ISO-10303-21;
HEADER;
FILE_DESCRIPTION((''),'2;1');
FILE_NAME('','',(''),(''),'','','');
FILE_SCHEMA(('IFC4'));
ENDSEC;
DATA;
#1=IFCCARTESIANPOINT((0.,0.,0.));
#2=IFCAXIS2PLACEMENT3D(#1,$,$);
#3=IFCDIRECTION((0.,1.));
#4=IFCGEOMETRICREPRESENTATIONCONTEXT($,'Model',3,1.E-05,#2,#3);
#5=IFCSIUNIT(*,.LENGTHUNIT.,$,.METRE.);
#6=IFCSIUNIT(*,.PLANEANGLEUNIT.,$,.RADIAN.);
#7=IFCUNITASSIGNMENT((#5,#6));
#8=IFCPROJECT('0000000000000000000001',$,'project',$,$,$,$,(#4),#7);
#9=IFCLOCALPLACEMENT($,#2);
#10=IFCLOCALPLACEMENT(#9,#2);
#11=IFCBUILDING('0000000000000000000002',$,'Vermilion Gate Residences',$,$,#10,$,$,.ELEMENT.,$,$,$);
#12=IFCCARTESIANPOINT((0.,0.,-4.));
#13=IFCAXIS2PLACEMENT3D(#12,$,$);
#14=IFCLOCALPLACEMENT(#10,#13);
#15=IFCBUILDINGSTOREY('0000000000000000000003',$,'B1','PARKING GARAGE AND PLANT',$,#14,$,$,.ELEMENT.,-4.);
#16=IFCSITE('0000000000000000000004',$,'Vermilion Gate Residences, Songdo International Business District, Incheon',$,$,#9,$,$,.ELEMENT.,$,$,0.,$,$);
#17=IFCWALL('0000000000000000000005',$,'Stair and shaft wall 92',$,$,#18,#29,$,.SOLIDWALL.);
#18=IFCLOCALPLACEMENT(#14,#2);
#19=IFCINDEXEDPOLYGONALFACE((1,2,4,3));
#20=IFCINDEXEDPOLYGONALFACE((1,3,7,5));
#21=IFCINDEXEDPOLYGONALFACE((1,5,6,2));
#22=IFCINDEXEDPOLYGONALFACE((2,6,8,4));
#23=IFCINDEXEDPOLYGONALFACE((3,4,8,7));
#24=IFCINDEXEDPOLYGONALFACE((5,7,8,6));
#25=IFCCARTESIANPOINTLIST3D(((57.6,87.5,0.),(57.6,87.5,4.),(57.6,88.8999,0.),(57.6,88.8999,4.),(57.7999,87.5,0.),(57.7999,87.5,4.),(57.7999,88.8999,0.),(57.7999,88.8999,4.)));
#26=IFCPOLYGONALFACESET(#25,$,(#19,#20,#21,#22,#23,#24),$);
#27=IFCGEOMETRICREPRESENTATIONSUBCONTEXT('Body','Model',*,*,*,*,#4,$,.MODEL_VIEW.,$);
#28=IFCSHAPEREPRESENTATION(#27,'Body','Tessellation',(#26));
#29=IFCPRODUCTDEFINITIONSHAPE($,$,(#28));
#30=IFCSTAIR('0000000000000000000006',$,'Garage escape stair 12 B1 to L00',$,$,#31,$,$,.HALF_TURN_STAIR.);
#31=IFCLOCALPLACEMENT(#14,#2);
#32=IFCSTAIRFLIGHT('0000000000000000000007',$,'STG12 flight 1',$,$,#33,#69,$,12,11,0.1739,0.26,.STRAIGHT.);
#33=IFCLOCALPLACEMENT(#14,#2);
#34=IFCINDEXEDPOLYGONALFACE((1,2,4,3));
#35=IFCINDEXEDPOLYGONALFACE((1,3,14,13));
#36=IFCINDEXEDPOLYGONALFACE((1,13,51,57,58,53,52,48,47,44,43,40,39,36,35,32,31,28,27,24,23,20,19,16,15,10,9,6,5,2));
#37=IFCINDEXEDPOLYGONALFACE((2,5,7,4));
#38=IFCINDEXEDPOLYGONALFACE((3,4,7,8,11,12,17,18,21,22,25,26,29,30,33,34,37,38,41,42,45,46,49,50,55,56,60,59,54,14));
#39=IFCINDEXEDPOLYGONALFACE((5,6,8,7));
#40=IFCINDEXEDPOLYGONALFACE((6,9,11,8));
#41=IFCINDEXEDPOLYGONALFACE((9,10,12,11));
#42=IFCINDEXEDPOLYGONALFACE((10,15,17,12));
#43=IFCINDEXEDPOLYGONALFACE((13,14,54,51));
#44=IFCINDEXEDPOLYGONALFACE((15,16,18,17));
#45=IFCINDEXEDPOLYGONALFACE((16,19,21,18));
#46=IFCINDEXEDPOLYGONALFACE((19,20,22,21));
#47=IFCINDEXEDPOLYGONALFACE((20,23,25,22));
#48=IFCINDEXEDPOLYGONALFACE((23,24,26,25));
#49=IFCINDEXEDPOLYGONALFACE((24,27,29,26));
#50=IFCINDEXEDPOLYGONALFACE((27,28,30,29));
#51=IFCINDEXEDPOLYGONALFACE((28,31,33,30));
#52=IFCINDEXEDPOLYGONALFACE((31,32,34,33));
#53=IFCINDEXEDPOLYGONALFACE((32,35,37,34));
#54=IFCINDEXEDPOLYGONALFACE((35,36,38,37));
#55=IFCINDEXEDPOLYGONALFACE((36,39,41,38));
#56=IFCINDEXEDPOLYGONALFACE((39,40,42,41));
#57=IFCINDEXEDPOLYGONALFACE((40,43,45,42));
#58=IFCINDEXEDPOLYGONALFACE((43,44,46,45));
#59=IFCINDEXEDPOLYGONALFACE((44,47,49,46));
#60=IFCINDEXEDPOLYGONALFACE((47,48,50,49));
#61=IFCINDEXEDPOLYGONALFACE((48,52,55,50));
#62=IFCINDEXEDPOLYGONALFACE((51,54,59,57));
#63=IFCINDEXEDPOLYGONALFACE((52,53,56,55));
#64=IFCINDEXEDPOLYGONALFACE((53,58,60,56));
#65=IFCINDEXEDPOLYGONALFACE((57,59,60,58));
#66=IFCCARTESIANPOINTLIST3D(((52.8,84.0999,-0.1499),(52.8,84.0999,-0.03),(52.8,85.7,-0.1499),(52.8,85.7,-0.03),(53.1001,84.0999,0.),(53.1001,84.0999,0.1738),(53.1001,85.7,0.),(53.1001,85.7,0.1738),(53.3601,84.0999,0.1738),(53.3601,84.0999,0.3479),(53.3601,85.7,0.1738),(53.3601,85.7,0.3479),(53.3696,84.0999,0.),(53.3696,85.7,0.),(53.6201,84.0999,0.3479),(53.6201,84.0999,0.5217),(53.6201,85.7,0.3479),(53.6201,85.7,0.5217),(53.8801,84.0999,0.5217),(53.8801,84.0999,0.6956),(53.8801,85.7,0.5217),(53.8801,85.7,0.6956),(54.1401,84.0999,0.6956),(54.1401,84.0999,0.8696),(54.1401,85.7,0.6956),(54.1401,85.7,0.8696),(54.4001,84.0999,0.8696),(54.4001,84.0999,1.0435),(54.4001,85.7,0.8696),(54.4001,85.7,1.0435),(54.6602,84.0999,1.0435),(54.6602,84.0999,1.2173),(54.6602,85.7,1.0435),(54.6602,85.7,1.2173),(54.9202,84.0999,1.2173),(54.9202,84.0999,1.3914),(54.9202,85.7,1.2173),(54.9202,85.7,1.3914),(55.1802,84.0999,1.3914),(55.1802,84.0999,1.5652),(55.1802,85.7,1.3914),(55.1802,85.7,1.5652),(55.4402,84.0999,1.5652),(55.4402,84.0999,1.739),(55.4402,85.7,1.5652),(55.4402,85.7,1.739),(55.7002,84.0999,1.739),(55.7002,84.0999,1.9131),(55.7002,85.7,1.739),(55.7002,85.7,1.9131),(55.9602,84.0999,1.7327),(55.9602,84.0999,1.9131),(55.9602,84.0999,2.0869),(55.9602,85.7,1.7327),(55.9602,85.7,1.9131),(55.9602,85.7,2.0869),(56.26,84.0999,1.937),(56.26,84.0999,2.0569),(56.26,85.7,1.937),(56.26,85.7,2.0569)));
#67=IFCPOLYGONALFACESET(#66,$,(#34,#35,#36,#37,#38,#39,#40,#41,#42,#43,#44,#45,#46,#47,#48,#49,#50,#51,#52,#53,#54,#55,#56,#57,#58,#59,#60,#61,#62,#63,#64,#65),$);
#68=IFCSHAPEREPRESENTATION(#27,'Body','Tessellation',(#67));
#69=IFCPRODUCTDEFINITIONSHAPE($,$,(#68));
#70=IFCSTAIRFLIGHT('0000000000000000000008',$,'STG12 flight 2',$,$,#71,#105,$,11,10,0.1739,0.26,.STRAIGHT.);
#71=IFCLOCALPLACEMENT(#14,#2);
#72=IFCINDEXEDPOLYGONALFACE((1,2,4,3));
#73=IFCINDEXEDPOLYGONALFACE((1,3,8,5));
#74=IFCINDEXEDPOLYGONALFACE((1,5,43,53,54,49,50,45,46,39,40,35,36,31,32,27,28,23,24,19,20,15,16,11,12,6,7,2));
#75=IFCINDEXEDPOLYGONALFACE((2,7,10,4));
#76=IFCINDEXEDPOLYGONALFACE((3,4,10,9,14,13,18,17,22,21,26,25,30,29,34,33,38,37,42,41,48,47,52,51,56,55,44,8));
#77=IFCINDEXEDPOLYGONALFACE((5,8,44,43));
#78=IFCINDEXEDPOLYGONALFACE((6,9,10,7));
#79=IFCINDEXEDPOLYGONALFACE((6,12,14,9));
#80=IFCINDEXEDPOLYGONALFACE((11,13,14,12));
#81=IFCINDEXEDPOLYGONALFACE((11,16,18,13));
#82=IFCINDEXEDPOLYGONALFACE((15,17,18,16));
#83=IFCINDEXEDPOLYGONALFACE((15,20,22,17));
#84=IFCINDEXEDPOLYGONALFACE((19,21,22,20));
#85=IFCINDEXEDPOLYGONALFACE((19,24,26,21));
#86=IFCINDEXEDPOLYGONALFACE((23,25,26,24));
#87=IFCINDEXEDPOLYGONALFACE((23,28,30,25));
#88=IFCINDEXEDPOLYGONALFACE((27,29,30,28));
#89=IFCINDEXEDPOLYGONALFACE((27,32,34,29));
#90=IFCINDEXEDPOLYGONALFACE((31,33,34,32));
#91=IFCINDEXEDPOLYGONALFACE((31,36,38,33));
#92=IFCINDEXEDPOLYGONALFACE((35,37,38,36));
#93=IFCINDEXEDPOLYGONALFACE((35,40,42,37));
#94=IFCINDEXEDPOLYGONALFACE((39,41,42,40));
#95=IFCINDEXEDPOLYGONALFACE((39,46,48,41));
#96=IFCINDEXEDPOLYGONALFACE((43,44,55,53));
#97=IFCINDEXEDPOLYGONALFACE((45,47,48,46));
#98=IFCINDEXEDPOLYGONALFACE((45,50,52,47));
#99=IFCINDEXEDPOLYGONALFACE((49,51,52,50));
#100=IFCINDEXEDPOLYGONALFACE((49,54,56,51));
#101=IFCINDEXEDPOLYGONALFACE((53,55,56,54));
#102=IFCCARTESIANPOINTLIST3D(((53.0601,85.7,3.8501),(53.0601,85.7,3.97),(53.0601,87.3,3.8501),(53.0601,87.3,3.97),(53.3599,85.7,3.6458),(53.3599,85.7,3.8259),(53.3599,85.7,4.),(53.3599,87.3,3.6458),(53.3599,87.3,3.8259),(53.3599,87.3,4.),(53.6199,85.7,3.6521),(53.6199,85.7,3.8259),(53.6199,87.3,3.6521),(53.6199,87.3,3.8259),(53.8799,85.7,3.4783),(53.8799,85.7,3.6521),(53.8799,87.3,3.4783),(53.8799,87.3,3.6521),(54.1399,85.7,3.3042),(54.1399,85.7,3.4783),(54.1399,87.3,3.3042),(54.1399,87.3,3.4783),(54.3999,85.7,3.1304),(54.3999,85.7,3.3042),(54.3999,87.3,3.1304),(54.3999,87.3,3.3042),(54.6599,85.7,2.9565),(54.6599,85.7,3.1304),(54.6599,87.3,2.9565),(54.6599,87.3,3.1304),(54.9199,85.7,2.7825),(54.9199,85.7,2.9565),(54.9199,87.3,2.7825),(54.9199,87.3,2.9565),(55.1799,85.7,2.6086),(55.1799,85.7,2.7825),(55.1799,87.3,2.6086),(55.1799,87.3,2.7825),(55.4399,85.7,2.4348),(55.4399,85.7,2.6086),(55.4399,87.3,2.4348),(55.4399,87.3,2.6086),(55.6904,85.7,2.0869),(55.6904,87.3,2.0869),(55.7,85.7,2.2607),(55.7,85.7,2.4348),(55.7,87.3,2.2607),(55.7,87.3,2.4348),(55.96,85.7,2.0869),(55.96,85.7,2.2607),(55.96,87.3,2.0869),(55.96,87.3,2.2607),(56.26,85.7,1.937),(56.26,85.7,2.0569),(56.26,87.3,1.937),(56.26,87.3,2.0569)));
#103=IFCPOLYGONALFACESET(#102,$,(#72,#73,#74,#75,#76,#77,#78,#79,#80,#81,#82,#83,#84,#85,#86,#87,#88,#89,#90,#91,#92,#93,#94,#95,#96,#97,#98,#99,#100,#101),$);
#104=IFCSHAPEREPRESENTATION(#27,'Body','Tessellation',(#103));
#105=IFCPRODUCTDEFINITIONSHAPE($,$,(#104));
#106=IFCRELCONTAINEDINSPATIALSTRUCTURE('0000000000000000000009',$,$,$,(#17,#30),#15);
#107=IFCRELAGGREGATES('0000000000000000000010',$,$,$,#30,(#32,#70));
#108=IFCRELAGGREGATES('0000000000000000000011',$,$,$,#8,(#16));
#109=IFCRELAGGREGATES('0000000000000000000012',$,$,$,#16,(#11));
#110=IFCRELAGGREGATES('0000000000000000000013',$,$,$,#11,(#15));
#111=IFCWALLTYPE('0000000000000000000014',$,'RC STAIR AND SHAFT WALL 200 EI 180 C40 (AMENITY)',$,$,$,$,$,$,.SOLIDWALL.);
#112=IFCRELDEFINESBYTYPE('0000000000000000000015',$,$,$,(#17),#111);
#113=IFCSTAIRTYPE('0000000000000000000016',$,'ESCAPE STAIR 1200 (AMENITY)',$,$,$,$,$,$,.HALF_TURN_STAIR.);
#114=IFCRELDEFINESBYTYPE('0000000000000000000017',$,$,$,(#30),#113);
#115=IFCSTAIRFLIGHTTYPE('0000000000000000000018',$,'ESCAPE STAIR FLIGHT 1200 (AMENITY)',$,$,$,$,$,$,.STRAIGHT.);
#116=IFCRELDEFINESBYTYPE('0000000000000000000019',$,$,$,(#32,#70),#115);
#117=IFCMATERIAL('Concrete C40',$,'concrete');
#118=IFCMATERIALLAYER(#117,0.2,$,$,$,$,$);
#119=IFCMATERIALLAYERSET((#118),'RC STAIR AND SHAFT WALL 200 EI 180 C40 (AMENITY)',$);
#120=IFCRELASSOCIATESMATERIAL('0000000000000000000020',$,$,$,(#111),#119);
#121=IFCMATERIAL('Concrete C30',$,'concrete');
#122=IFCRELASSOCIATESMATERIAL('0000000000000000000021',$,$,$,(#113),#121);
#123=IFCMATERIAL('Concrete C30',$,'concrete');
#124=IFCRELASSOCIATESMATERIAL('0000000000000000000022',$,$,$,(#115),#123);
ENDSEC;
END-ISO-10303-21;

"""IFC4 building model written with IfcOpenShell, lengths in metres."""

from ifc_helpers import new_model, si_unit, direction, frame, frame_2d, origin, place, context, subcontext, project, spatial, polyline, rectangle, outline, extrude, material, layer, layer_set, type_object, element, aggregate, save


model = new_model("IFC4")

# Units and contexts
model_context = context("Model", 3, precision=1e-05, world=origin(), true_north=direction((0.0, 1.0)))
body_context = subcontext(model_context, "Body", "Model", "MODEL_VIEW")
ifc_project = project(units=[si_unit("LENGTHUNIT", "METRE"), si_unit("PLANEANGLEUNIT", "RADIAN")], contexts=[model_context])

# Site, building, storey
site_placement = place(None, origin())
site = spatial("IfcSite", under=ifc_project, at=site_placement, Name="Vermilion Gate Residences, Songdo International Business District, Incheon", CompositionType="ELEMENT", RefElevation=0.0)
building_placement = place(site_placement, origin())
building = spatial("IfcBuilding", under=site, at=building_placement, Name="Vermilion Gate Residences", CompositionType="ELEMENT")
storey_placement = place(building_placement, frame((0.0, 0.0, -4.0)))
storey = spatial("IfcBuildingStorey", under=building, at=storey_placement, Name="B1", Description="PARKING GARAGE AND PLANT", CompositionType="ELEMENT", Elevation=-4.0)

# Shared definitions
ifc_material_1 = material(Name="Concrete C40", Category="concrete")
ifc_layer = layer(ifc_material_1, 0.2)
ifc_layer_set = layer_set([ifc_layer], Name="RC STAIR AND SHAFT WALL 200 EI 180 C40 (AMENITY)")
wall_type = type_object("IfcWallType", Name="RC STAIR AND SHAFT WALL 200 EI 180 C40 (AMENITY)", PredefinedType="SOLIDWALL", material=ifc_layer_set)

# Wall
wall_1_placement = place(storey_placement, frame((57.7, 87.5, 0.0), z_axis=(0.0, 0.0, 1.0), x_axis=(0.0, 1.0, 0.0)))
element("IfcWall", 1, at=wall_1_placement, inside=storey, type_object=wall_type, Name="Stair and shaft wall 92", PredefinedType="SOLIDWALL", context=body_context, shape_type="SweptSolid", body=[
    extrude(rectangle(XDim=1.3999, YDim=0.2, at=frame_2d((0.7, 0.0))), origin(), (0.0, 0.0, 1.0), 4.0),
])

# Stair, stair flights
ifc_material_2 = material(Name="Concrete C30", Category="concrete")
stair_type = type_object("IfcStairType", Name="ESCAPE STAIR 1200 (AMENITY)", PredefinedType="HALF_TURN_STAIR", material=ifc_material_2)
stair_placement = place(storey_placement, origin())
stair = element("IfcStair", 2, at=stair_placement, inside=storey, type_object=stair_type, Name="Garage escape stair 12 B1 to L00", PredefinedType="HALF_TURN_STAIR")
ifc_material_3 = material(Name="Concrete C30", Category="concrete")
stair_flight_type = type_object("IfcStairFlightType", Name="ESCAPE STAIR FLIGHT 1200 (AMENITY)", PredefinedType="STRAIGHT", material=ifc_material_3)
stair_flight_1_placement = place(storey_placement, frame((53.1001, 84.8999, 0.0), z_axis=(0.0, 0.0, 1.0), x_axis=(1.0, 0.0, 0.0)))
stair_flight_1 = element("IfcStairFlight", 3, at=stair_flight_1_placement, type_object=stair_flight_type, Name="STG12 flight 1", NumberOfRisers=12, NumberOfTreads=11, PredefinedType="STRAIGHT", RiserHeight=0.1739, TreadLength=0.26, context=body_context, shape_type="SweptSolid", body=[
    extrude(outline(polyline([(-0.3, -0.1499), (-0.3, -0.03), (0.0, 0.0), (0.0, 0.1738), (0.26, 0.1738), (0.26, 0.3479), (0.52, 0.3479), (0.52, 0.5217), (0.78, 0.5217), (0.78, 0.6956), (1.04, 0.6956), (1.04, 0.8696), (1.3, 0.8696), (1.3, 1.0435), (1.5601, 1.0435), (1.5601, 1.2173), (1.8201, 1.2173), (1.8201, 1.3914), (2.0801, 1.3914), (2.0801, 1.5652), (2.3401, 1.5652), (2.3401, 1.739), (2.6001, 1.739), (2.6001, 1.9131), (2.8601, 1.9131), (2.8601, 2.0869), (3.1599, 2.0569), (3.1599, 1.937), (2.8601, 1.7327), (0.2695, 0.0), (-0.3, -0.1499)])), frame((0.0, 0.8, 0.0), z_axis=(0.0, -1.0, 0.0), x_axis=(1.0, 0.0, 0.0)), (0.0, 0.0, 1.0), 1.6001),
])
stair_flight_2_placement = place(storey_placement, frame((55.96, 86.5, 2.0869), z_axis=(0.0, 0.0, 1.0), x_axis=(-1.0, 0.0, 0.0)))
stair_flight_2 = element("IfcStairFlight", 4, at=stair_flight_2_placement, type_object=stair_flight_type, Name="STG12 flight 2", NumberOfRisers=11, NumberOfTreads=10, PredefinedType="STRAIGHT", RiserHeight=0.1739, TreadLength=0.26, context=body_context, shape_type="SweptSolid", body=[
    extrude(outline(polyline([(-0.3, -0.1499), (-0.3, -0.03), (0.0, 0.0), (0.0, 0.1738), (0.26, 0.1738), (0.26, 0.3479), (0.52, 0.3479), (0.52, 0.5217), (0.78, 0.5217), (0.78, 0.6956), (1.04, 0.6956), (1.04, 0.8696), (1.3, 0.8696), (1.3, 1.0435), (1.5601, 1.0435), (1.5601, 1.2173), (1.8201, 1.2173), (1.8201, 1.3914), (2.0801, 1.3914), (2.0801, 1.5652), (2.3401, 1.5652), (2.3401, 1.739), (2.6001, 1.739), (2.6001, 1.9131), (2.8999, 1.8831), (2.8999, 1.7632), (2.6001, 1.5588), (0.2695, 0.0), (-0.3, -0.1499)])), frame((0.0, 0.8, 0.0), z_axis=(0.0, -1.0, 0.0), x_axis=(1.0, 0.0, 0.0)), (0.0, 0.0, 1.0), 1.6001),
])
aggregate(stair, [stair_flight_1, stair_flight_2])

save(model, "model.ifc")
